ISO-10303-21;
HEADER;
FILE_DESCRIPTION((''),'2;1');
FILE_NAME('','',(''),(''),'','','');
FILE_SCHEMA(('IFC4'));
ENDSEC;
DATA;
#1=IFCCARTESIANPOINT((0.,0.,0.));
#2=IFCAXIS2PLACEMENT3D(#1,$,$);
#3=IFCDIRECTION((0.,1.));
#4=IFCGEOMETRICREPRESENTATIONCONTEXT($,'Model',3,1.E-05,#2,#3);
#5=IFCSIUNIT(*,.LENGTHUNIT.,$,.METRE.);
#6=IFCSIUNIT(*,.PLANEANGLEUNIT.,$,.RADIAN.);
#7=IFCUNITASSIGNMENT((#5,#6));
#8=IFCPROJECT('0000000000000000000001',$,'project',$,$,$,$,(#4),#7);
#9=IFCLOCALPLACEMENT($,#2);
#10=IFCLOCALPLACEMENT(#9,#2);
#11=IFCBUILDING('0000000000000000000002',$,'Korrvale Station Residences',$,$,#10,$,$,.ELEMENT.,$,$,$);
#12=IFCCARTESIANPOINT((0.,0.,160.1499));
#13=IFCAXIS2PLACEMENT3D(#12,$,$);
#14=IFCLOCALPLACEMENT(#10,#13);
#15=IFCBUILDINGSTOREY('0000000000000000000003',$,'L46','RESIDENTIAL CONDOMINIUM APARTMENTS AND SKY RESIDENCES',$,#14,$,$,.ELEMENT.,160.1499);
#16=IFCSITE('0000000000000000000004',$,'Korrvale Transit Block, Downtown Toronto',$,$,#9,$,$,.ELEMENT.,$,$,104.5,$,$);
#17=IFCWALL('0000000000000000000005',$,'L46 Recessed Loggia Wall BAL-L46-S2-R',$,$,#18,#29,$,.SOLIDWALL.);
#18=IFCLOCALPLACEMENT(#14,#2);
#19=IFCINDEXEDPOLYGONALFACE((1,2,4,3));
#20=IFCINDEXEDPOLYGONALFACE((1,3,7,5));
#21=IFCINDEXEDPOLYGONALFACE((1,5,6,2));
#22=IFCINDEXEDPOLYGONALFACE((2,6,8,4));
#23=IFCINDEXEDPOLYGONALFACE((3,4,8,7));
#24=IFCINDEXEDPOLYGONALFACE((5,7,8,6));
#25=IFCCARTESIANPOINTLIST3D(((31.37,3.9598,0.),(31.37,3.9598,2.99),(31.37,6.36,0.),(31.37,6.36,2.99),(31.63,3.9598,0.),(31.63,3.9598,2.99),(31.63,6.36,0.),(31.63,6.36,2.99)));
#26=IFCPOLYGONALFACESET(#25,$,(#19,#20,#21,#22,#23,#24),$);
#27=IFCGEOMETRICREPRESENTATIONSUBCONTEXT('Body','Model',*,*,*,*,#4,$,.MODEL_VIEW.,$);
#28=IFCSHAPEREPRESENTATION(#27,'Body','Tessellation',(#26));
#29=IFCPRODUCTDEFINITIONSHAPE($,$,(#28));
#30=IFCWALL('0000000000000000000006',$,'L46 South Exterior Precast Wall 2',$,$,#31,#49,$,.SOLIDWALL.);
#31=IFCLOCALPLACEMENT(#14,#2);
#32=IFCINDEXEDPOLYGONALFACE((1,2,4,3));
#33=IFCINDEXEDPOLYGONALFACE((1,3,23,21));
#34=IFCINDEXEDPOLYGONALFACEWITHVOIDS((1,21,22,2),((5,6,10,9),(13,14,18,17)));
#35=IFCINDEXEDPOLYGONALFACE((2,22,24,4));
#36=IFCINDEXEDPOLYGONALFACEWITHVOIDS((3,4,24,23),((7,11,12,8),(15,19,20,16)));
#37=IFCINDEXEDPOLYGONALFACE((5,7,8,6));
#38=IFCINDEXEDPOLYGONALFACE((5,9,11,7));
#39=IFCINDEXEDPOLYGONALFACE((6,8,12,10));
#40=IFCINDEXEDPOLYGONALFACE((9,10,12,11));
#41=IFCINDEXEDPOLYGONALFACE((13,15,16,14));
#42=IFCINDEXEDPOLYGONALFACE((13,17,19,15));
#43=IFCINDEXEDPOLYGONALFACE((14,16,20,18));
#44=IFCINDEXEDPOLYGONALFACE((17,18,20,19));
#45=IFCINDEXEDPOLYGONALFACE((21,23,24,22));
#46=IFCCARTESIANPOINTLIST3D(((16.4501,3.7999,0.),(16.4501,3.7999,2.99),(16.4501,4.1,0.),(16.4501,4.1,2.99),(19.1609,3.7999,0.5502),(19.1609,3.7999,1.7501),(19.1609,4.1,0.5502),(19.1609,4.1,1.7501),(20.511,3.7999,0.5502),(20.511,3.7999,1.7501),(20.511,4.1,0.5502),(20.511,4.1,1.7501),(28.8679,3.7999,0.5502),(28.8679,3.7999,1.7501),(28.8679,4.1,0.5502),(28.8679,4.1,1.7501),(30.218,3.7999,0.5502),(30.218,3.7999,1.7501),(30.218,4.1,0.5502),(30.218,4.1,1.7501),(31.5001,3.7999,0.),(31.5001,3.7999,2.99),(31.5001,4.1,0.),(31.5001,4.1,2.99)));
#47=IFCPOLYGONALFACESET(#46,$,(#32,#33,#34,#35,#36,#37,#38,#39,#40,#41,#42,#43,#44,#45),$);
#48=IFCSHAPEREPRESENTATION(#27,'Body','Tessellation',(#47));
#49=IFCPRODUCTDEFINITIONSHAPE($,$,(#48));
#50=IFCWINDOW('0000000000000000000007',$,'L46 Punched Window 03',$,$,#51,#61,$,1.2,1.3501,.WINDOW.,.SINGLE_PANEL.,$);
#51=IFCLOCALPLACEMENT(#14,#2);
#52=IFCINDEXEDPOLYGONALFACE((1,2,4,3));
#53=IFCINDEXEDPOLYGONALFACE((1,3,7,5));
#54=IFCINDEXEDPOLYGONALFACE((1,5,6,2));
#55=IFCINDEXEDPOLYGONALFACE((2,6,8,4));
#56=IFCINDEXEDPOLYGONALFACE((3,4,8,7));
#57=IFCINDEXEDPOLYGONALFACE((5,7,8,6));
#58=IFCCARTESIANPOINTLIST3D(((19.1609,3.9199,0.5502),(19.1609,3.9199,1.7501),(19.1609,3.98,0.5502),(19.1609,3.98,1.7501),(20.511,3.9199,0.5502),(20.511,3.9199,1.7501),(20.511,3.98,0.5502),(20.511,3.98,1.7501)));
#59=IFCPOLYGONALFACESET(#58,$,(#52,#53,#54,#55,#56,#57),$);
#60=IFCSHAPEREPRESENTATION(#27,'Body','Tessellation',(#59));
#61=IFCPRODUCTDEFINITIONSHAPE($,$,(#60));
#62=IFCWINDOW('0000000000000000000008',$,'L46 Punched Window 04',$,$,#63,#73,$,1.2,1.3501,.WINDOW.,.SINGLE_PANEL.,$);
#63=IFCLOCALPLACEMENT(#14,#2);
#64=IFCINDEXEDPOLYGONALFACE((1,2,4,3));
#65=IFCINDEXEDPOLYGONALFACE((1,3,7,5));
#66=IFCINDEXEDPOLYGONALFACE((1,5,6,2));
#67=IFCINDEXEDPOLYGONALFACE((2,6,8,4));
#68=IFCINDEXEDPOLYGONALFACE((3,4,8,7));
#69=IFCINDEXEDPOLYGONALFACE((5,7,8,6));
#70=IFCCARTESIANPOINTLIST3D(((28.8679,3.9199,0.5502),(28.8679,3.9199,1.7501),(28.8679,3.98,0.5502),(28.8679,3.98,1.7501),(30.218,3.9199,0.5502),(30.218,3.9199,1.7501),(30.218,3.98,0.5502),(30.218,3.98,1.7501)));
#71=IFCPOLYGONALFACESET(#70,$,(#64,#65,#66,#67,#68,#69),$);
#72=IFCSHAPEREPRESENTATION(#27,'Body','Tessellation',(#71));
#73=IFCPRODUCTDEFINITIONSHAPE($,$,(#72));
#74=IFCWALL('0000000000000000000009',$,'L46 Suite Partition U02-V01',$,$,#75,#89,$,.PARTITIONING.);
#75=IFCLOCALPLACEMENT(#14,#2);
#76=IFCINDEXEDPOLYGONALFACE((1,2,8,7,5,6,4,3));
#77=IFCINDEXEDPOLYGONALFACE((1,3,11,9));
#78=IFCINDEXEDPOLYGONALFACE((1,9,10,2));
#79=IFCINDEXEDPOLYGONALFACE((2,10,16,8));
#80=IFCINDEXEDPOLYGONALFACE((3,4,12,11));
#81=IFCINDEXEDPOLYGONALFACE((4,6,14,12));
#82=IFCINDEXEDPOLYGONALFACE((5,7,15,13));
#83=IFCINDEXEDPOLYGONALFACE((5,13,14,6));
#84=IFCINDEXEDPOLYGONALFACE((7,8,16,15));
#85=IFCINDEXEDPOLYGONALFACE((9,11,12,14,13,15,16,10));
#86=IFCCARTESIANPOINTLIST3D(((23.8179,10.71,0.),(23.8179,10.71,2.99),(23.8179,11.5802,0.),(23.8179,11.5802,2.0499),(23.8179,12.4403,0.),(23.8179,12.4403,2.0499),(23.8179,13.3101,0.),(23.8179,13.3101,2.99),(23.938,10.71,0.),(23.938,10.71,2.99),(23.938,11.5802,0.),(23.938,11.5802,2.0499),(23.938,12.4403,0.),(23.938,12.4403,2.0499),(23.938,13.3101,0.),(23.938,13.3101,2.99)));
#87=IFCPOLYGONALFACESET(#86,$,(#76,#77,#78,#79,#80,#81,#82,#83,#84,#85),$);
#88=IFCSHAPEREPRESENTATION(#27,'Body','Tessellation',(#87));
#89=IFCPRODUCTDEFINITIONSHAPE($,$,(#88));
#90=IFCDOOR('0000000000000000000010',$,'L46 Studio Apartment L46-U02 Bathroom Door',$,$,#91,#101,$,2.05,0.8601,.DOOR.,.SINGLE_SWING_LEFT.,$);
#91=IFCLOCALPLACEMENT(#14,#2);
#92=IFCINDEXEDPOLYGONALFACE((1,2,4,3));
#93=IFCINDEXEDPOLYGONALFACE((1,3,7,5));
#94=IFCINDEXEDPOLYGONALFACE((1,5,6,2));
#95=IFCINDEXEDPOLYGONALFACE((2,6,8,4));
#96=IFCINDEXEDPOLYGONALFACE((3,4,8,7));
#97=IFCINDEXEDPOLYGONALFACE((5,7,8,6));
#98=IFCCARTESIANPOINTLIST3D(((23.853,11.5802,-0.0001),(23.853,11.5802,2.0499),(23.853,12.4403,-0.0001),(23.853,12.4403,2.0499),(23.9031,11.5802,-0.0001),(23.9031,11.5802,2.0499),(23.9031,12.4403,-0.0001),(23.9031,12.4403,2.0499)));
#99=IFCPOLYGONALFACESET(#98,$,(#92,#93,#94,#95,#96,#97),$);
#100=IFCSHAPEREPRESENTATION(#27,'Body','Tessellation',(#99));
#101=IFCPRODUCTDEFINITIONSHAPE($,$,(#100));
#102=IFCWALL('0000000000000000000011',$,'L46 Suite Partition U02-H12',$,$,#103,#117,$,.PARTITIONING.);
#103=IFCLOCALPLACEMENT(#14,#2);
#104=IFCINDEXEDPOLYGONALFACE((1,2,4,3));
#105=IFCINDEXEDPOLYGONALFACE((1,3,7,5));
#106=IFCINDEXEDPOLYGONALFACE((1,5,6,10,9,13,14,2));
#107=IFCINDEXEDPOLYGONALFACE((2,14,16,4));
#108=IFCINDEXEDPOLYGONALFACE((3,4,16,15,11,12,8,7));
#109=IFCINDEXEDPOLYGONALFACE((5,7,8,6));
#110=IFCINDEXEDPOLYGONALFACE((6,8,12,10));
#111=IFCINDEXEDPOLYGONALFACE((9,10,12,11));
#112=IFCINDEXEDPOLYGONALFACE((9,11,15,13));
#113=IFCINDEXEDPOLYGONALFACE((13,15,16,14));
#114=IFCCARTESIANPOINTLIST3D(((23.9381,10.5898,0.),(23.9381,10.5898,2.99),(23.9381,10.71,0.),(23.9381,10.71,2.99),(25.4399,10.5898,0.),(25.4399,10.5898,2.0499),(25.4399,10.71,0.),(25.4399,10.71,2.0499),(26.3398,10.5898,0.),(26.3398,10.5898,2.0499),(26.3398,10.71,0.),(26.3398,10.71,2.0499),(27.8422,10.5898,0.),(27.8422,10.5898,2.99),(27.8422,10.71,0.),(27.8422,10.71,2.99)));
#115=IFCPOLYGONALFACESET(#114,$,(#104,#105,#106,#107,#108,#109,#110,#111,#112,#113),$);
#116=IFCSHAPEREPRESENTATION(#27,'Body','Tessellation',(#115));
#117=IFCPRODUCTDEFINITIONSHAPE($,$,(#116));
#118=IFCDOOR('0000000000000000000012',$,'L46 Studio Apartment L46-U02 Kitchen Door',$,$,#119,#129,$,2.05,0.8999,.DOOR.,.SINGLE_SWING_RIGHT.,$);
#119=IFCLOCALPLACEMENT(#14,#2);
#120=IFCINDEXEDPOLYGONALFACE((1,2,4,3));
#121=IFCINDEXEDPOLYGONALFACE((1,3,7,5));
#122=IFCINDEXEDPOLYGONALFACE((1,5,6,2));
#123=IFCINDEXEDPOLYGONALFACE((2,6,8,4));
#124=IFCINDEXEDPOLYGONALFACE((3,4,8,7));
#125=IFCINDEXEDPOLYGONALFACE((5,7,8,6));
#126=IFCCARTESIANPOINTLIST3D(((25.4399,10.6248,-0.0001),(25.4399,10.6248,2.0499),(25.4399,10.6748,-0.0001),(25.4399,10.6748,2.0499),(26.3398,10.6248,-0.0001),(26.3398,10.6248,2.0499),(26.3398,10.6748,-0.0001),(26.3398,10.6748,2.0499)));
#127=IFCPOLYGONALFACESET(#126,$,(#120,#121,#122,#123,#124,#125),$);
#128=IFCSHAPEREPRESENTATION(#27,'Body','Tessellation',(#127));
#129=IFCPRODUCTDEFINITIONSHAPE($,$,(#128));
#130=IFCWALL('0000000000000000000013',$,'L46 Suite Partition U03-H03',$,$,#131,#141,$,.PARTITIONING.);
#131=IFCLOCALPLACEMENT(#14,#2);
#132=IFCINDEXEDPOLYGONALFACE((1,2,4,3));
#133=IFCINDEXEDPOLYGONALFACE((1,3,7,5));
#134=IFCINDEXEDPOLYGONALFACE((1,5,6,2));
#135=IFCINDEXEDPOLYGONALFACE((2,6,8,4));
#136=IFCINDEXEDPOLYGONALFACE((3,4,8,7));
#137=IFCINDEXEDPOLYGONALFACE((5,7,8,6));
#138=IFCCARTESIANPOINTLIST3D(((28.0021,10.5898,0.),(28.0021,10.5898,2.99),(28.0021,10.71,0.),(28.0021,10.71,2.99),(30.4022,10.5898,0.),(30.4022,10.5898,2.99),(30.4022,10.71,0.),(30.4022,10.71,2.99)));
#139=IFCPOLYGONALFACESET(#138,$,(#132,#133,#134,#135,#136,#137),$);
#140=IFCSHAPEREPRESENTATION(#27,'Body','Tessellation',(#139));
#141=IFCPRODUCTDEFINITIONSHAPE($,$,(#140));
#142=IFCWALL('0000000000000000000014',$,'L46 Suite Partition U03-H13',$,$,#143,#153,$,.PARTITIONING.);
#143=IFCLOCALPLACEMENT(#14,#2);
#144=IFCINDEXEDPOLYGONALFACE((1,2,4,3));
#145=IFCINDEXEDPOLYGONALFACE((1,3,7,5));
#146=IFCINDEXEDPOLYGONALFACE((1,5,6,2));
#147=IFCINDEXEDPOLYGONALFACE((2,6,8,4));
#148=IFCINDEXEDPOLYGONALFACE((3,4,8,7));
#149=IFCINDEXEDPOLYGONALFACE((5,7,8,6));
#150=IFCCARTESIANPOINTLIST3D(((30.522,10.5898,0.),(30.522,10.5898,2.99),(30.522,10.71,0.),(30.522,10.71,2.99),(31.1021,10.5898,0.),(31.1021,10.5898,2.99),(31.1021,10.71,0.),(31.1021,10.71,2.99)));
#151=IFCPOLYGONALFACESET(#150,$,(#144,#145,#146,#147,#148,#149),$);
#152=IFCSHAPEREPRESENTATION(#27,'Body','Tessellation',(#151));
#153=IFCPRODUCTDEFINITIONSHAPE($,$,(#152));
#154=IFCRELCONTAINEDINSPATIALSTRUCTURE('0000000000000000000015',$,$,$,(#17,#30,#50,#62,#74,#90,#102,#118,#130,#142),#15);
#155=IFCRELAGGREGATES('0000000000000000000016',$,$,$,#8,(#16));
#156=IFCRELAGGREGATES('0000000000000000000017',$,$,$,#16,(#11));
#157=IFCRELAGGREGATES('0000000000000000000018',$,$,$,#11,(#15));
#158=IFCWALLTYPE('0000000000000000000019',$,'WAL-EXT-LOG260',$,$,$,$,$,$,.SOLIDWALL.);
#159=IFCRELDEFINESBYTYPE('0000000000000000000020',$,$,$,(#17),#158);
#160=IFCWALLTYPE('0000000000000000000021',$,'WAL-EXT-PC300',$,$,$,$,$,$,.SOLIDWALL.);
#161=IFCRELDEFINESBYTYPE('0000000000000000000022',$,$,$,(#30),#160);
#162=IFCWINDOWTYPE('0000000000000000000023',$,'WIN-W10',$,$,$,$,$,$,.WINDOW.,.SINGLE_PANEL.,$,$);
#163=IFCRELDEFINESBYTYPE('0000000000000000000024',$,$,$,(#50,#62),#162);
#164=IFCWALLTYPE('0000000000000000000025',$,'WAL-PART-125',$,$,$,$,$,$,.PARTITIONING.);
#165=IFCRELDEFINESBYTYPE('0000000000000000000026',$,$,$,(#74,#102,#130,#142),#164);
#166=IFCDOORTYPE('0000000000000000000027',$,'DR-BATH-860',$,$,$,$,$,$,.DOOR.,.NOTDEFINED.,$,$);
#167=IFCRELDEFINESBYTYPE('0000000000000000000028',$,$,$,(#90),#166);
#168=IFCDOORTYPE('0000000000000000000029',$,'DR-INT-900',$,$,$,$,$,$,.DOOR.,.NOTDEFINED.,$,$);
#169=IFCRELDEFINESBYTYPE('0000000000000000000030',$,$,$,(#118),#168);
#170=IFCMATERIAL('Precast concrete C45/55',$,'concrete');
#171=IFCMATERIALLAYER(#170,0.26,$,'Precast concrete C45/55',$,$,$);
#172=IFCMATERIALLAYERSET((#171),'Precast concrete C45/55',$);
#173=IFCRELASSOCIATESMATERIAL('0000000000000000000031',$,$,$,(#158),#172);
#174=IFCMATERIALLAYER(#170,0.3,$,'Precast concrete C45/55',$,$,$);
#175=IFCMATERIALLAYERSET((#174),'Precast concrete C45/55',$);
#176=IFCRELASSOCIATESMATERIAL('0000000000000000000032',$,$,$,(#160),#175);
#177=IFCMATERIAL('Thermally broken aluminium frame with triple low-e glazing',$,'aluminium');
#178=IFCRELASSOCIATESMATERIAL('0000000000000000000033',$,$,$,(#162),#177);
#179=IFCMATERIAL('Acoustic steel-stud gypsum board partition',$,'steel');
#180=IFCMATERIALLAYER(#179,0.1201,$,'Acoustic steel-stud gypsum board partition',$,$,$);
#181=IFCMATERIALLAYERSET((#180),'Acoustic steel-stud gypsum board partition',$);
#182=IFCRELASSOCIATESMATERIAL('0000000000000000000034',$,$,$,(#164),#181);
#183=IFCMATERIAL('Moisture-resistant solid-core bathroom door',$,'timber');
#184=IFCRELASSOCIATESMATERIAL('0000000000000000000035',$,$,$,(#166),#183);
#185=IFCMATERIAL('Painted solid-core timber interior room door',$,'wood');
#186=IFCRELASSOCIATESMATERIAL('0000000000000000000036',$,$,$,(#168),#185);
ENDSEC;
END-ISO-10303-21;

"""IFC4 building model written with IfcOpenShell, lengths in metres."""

from ifc_helpers import new_model, si_unit, direction, frame, frame_2d, origin, place, context, subcontext, project, spatial, rectangle, extrude, material, layer, layer_set, type_object, element, fill, save


model = new_model("IFC4")

# Units and contexts
model_context = context("Model", 3, precision=1e-05, world=origin(), true_north=direction((0.0, 1.0)))
body_context = subcontext(model_context, "Body", "Model", "MODEL_VIEW")
ifc_project = project(units=[si_unit("LENGTHUNIT", "METRE"), si_unit("PLANEANGLEUNIT", "RADIAN")], contexts=[model_context])

# Site, building, storey
site_placement = place(None, origin())
site = spatial("IfcSite", under=ifc_project, at=site_placement, Name="Korrvale Transit Block, Downtown Toronto", CompositionType="ELEMENT", RefElevation=104.5)
building_placement = place(site_placement, origin())
building = spatial("IfcBuilding", under=site, at=building_placement, Name="Korrvale Station Residences", CompositionType="ELEMENT")
storey_placement = place(building_placement, frame((0.0, 0.0, 160.1499)))
storey = spatial("IfcBuildingStorey", under=building, at=storey_placement, Name="L46", Description="RESIDENTIAL CONDOMINIUM APARTMENTS AND SKY RESIDENCES", CompositionType="ELEMENT", Elevation=160.1499)

# Wall
ifc_material_1 = material(Name="Precast concrete C45/55", Category="concrete")
ifc_layer_1 = layer(ifc_material_1, 0.26, Name="Precast concrete C45/55")
ifc_layer_set_1 = layer_set([ifc_layer_1], Name="Precast concrete C45/55")
wall_type_1 = type_object("IfcWallType", Name="WAL-EXT-LOG260", PredefinedType="SOLIDWALL", material=ifc_layer_set_1)
wall_1_placement = place(storey_placement, frame((31.5, 6.3601, 0.0), z_axis=(0.0, 0.0, 1.0), x_axis=(0.0, -1.0, 0.0)))
element("IfcWall", 1, at=wall_1_placement, inside=storey, type_object=wall_type_1, Name="L46 Recessed Loggia Wall BAL-L46-S2-R", PredefinedType="SOLIDWALL", context=body_context, shape_type="SweptSolid", body=[
    extrude(rectangle(XDim=2.4001, YDim=0.26, at=frame_2d((1.2002, 0.0))), origin(), (0.0, 0.0, 1.0), 2.99),
])

# Wall, openings, windows
ifc_layer_2 = layer(ifc_material_1, 0.3, Name="Precast concrete C45/55")
ifc_layer_set_2 = layer_set([ifc_layer_2], Name="Precast concrete C45/55")
wall_type_2 = type_object("IfcWallType", Name="WAL-EXT-PC300", PredefinedType="SOLIDWALL", material=ifc_layer_set_2)
wall_2_placement = place(storey_placement, frame((31.5, 3.95, 0.0), z_axis=(0.0, 0.0, 1.0), x_axis=(-1.0, 0.0, 0.0)))
wall_2 = element("IfcWall", 2, at=wall_2_placement, inside=storey, type_object=wall_type_2, Name="L46 South Exterior Precast Wall 2", PredefinedType="SOLIDWALL", context=body_context, shape_type="SweptSolid", body=[
    extrude(rectangle(XDim=15.05, YDim=0.3, at=frame_2d((7.5249, 0.0))), origin(), (0.0, 0.0, 1.0), 2.99),
])
opening_1_placement = place(wall_2_placement, frame((10.989, 0.0, 0.55)))
opening_1 = element("IfcOpeningElement", 3, at=opening_1_placement, cuts=wall_2, PredefinedType="OPENING", context=body_context, shape_type="SweptSolid", body=[
    extrude(rectangle(XDim=1.3501, YDim=1.2, at=frame_2d((0.675, 0.6001))), frame((0.0, 0.1602, 0.0), z_axis=(0.0, -1.0, 0.0), x_axis=(1.0, 0.0, 0.0)), (0.0, 0.0, 1.0), 0.3201),
])
opening_2_placement = place(wall_2_placement, frame((1.282, 0.0, 0.55)))
opening_2 = element("IfcOpeningElement", 4, at=opening_2_placement, cuts=wall_2, PredefinedType="OPENING", context=body_context, shape_type="SweptSolid", body=[
    extrude(rectangle(XDim=1.3501, YDim=1.2, at=frame_2d((0.675, 0.6001))), frame((0.0, 0.1602, 0.0), z_axis=(0.0, -1.0, 0.0), x_axis=(1.0, 0.0, 0.0)), (0.0, 0.0, 1.0), 0.3201),
])
ifc_material_2 = material(Name="Thermally broken aluminium frame with triple low-e glazing", Category="aluminium")
window_type = type_object("IfcWindowType", Name="WIN-W10", PartitioningType="SINGLE_PANEL", PredefinedType="WINDOW", material=ifc_material_2)
window_1_placement = place(opening_1_placement, origin())
window_1 = element("IfcWindow", 5, at=window_1_placement, inside=storey, type_object=window_type, Name="L46 Punched Window 03", OverallHeight=1.2, OverallWidth=1.3501, PartitioningType="SINGLE_PANEL", PredefinedType="WINDOW", context=body_context, shape_type="SweptSolid", body=[
    extrude(rectangle(XDim=1.3501, YDim=1.2, at=frame_2d((0.675, 0.6001))), frame((0.0, 0.03, 0.0), z_axis=(0.0, -1.0, 0.0), x_axis=(1.0, 0.0, 0.0)), (0.0, 0.0, 1.0), 0.0601),
])
fill(opening_1, window_1)
window_2_placement = place(opening_2_placement, origin())
window_2 = element("IfcWindow", 6, at=window_2_placement, inside=storey, type_object=window_type, Name="L46 Punched Window 04", OverallHeight=1.2, OverallWidth=1.3501, PartitioningType="SINGLE_PANEL", PredefinedType="WINDOW", context=body_context, shape_type="SweptSolid", body=[
    extrude(rectangle(XDim=1.3501, YDim=1.2, at=frame_2d((0.675, 0.6001))), frame((0.0, 0.03, 0.0), z_axis=(0.0, -1.0, 0.0), x_axis=(1.0, 0.0, 0.0)), (0.0, 0.0, 1.0), 0.0601),
])
fill(opening_2, window_2)

# Walls, openings, doors
ifc_material_3 = material(Name="Acoustic steel-stud gypsum board partition", Category="steel")
ifc_layer_3 = layer(ifc_material_3, 0.1201, Name="Acoustic steel-stud gypsum board partition")
ifc_layer_set_3 = layer_set([ifc_layer_3], Name="Acoustic steel-stud gypsum board partition")
wall_type_3 = type_object("IfcWallType", Name="WAL-PART-125", PredefinedType="PARTITIONING", material=ifc_layer_set_3)
wall_3_placement = place(storey_placement, frame((23.8779, 10.71, 0.0), z_axis=(0.0, 0.0, 1.0), x_axis=(0.0, 1.0, 0.0)))
wall_3 = element("IfcWall", 7, at=wall_3_placement, inside=storey, type_object=wall_type_3, Name="L46 Suite Partition U02-V01", PredefinedType="PARTITIONING", context=body_context, shape_type="SweptSolid", body=[
    extrude(rectangle(XDim=2.6001, YDim=0.1201, at=frame_2d((1.3, 0.0))), origin(), (0.0, 0.0, 1.0), 2.99),
])
opening_3_placement = place(wall_3_placement, frame((0.8701, 0.0, 0.0)))
opening_3 = element("IfcOpeningElement", 8, at=opening_3_placement, cuts=wall_3, PredefinedType="OPENING", context=body_context, shape_type="SweptSolid", body=[
    extrude(rectangle(XDim=0.8601, YDim=2.05, at=frame_2d((0.4302, 1.0249))), frame((0.0, 0.0701, 0.0), z_axis=(0.0, -1.0, 0.0), x_axis=(1.0, 0.0, 0.0)), (0.0, 0.0, 1.0), 0.1401),
])
ifc_material_4 = material(Name="Moisture-resistant solid-core bathroom door", Category="timber")
door_type_1 = type_object("IfcDoorType", Name="DR-BATH-860", OperationType="NOTDEFINED", PredefinedType="DOOR", material=ifc_material_4)
door_1_placement = place(opening_3_placement, origin())
door_1 = element("IfcDoor", 9, at=door_1_placement, inside=storey, type_object=door_type_1, Name="L46 Studio Apartment L46-U02 Bathroom Door", OperationType="SINGLE_SWING_LEFT", OverallHeight=2.05, OverallWidth=0.8601, PredefinedType="DOOR", context=body_context, shape_type="SweptSolid", body=[
    extrude(rectangle(XDim=0.8601, YDim=2.05, at=frame_2d((0.4302, 1.0249))), frame((0.0, 0.0249, 0.0), z_axis=(0.0, -1.0, 0.0), x_axis=(1.0, 0.0, 0.0)), (0.0, 0.0, 1.0), 0.05),
])
fill(opening_3, door_1)
wall_4_placement = place(storey_placement, frame((23.938, 10.6499, 0.0), z_axis=(0.0, 0.0, 1.0), x_axis=(1.0, 0.0, 0.0)))
wall_4 = element("IfcWall", 10, at=wall_4_placement, inside=storey, type_object=wall_type_3, Name="L46 Suite Partition U02-H12", PredefinedType="PARTITIONING", context=body_context, shape_type="SweptSolid", body=[
    extrude(rectangle(XDim=3.9041, YDim=0.1201, at=frame_2d((1.9521, 0.0))), origin(), (0.0, 0.0, 1.0), 2.99),
])
opening_4_placement = place(wall_4_placement, frame((1.502, 0.0, 0.0)))
opening_4 = element("IfcOpeningElement", 11, at=opening_4_placement, cuts=wall_4, PredefinedType="OPENING", context=body_context, shape_type="SweptSolid", body=[
    extrude(rectangle(XDim=0.8999, YDim=2.05, at=frame_2d((0.45, 1.0249))), frame((0.0, 0.0701, 0.0), z_axis=(0.0, -1.0, 0.0), x_axis=(1.0, 0.0, 0.0)), (0.0, 0.0, 1.0), 0.1401),
])
ifc_material_5 = material(Name="Painted solid-core timber interior room door", Category="wood")
door_type_2 = type_object("IfcDoorType", Name="DR-INT-900", OperationType="NOTDEFINED", PredefinedType="DOOR", material=ifc_material_5)
door_2_placement = place(opening_4_placement, origin())
door_2 = element("IfcDoor", 12, at=door_2_placement, inside=storey, type_object=door_type_2, Name="L46 Studio Apartment L46-U02 Kitchen Door", OperationType="SINGLE_SWING_RIGHT", OverallHeight=2.05, OverallWidth=0.8999, PredefinedType="DOOR", context=body_context, shape_type="SweptSolid", body=[
    extrude(rectangle(XDim=0.8999, YDim=2.05, at=frame_2d((0.45, 1.0249))), frame((0.0, 0.0249, 0.0), z_axis=(0.0, -1.0, 0.0), x_axis=(1.0, 0.0, 0.0)), (0.0, 0.0, 1.0), 0.05),
])
fill(opening_4, door_2)

# Walls
wall_5_placement = place(storey_placement, frame((28.002, 10.6499, 0.0), z_axis=(0.0, 0.0, 1.0), x_axis=(1.0, 0.0, 0.0)))
element("IfcWall", 13, at=wall_5_placement, inside=storey, type_object=wall_type_3, Name="L46 Suite Partition U03-H03", PredefinedType="PARTITIONING", context=body_context, shape_type="SweptSolid", body=[
    extrude(rectangle(XDim=2.4001, YDim=0.1201, at=frame_2d((1.2002, 0.0))), origin(), (0.0, 0.0, 1.0), 2.99),
])
wall_6_placement = place(storey_placement, frame((30.522, 10.6499, 0.0), z_axis=(0.0, 0.0, 1.0), x_axis=(1.0, 0.0, 0.0)))
element("IfcWall", 14, at=wall_6_placement, inside=storey, type_object=wall_type_3, Name="L46 Suite Partition U03-H13", PredefinedType="PARTITIONING", context=body_context, shape_type="SweptSolid", body=[
    extrude(rectangle(XDim=0.5801, YDim=0.1201, at=frame_2d((0.29, 0.0))), origin(), (0.0, 0.0, 1.0), 2.99),
])

save(model, "model.ifc")
